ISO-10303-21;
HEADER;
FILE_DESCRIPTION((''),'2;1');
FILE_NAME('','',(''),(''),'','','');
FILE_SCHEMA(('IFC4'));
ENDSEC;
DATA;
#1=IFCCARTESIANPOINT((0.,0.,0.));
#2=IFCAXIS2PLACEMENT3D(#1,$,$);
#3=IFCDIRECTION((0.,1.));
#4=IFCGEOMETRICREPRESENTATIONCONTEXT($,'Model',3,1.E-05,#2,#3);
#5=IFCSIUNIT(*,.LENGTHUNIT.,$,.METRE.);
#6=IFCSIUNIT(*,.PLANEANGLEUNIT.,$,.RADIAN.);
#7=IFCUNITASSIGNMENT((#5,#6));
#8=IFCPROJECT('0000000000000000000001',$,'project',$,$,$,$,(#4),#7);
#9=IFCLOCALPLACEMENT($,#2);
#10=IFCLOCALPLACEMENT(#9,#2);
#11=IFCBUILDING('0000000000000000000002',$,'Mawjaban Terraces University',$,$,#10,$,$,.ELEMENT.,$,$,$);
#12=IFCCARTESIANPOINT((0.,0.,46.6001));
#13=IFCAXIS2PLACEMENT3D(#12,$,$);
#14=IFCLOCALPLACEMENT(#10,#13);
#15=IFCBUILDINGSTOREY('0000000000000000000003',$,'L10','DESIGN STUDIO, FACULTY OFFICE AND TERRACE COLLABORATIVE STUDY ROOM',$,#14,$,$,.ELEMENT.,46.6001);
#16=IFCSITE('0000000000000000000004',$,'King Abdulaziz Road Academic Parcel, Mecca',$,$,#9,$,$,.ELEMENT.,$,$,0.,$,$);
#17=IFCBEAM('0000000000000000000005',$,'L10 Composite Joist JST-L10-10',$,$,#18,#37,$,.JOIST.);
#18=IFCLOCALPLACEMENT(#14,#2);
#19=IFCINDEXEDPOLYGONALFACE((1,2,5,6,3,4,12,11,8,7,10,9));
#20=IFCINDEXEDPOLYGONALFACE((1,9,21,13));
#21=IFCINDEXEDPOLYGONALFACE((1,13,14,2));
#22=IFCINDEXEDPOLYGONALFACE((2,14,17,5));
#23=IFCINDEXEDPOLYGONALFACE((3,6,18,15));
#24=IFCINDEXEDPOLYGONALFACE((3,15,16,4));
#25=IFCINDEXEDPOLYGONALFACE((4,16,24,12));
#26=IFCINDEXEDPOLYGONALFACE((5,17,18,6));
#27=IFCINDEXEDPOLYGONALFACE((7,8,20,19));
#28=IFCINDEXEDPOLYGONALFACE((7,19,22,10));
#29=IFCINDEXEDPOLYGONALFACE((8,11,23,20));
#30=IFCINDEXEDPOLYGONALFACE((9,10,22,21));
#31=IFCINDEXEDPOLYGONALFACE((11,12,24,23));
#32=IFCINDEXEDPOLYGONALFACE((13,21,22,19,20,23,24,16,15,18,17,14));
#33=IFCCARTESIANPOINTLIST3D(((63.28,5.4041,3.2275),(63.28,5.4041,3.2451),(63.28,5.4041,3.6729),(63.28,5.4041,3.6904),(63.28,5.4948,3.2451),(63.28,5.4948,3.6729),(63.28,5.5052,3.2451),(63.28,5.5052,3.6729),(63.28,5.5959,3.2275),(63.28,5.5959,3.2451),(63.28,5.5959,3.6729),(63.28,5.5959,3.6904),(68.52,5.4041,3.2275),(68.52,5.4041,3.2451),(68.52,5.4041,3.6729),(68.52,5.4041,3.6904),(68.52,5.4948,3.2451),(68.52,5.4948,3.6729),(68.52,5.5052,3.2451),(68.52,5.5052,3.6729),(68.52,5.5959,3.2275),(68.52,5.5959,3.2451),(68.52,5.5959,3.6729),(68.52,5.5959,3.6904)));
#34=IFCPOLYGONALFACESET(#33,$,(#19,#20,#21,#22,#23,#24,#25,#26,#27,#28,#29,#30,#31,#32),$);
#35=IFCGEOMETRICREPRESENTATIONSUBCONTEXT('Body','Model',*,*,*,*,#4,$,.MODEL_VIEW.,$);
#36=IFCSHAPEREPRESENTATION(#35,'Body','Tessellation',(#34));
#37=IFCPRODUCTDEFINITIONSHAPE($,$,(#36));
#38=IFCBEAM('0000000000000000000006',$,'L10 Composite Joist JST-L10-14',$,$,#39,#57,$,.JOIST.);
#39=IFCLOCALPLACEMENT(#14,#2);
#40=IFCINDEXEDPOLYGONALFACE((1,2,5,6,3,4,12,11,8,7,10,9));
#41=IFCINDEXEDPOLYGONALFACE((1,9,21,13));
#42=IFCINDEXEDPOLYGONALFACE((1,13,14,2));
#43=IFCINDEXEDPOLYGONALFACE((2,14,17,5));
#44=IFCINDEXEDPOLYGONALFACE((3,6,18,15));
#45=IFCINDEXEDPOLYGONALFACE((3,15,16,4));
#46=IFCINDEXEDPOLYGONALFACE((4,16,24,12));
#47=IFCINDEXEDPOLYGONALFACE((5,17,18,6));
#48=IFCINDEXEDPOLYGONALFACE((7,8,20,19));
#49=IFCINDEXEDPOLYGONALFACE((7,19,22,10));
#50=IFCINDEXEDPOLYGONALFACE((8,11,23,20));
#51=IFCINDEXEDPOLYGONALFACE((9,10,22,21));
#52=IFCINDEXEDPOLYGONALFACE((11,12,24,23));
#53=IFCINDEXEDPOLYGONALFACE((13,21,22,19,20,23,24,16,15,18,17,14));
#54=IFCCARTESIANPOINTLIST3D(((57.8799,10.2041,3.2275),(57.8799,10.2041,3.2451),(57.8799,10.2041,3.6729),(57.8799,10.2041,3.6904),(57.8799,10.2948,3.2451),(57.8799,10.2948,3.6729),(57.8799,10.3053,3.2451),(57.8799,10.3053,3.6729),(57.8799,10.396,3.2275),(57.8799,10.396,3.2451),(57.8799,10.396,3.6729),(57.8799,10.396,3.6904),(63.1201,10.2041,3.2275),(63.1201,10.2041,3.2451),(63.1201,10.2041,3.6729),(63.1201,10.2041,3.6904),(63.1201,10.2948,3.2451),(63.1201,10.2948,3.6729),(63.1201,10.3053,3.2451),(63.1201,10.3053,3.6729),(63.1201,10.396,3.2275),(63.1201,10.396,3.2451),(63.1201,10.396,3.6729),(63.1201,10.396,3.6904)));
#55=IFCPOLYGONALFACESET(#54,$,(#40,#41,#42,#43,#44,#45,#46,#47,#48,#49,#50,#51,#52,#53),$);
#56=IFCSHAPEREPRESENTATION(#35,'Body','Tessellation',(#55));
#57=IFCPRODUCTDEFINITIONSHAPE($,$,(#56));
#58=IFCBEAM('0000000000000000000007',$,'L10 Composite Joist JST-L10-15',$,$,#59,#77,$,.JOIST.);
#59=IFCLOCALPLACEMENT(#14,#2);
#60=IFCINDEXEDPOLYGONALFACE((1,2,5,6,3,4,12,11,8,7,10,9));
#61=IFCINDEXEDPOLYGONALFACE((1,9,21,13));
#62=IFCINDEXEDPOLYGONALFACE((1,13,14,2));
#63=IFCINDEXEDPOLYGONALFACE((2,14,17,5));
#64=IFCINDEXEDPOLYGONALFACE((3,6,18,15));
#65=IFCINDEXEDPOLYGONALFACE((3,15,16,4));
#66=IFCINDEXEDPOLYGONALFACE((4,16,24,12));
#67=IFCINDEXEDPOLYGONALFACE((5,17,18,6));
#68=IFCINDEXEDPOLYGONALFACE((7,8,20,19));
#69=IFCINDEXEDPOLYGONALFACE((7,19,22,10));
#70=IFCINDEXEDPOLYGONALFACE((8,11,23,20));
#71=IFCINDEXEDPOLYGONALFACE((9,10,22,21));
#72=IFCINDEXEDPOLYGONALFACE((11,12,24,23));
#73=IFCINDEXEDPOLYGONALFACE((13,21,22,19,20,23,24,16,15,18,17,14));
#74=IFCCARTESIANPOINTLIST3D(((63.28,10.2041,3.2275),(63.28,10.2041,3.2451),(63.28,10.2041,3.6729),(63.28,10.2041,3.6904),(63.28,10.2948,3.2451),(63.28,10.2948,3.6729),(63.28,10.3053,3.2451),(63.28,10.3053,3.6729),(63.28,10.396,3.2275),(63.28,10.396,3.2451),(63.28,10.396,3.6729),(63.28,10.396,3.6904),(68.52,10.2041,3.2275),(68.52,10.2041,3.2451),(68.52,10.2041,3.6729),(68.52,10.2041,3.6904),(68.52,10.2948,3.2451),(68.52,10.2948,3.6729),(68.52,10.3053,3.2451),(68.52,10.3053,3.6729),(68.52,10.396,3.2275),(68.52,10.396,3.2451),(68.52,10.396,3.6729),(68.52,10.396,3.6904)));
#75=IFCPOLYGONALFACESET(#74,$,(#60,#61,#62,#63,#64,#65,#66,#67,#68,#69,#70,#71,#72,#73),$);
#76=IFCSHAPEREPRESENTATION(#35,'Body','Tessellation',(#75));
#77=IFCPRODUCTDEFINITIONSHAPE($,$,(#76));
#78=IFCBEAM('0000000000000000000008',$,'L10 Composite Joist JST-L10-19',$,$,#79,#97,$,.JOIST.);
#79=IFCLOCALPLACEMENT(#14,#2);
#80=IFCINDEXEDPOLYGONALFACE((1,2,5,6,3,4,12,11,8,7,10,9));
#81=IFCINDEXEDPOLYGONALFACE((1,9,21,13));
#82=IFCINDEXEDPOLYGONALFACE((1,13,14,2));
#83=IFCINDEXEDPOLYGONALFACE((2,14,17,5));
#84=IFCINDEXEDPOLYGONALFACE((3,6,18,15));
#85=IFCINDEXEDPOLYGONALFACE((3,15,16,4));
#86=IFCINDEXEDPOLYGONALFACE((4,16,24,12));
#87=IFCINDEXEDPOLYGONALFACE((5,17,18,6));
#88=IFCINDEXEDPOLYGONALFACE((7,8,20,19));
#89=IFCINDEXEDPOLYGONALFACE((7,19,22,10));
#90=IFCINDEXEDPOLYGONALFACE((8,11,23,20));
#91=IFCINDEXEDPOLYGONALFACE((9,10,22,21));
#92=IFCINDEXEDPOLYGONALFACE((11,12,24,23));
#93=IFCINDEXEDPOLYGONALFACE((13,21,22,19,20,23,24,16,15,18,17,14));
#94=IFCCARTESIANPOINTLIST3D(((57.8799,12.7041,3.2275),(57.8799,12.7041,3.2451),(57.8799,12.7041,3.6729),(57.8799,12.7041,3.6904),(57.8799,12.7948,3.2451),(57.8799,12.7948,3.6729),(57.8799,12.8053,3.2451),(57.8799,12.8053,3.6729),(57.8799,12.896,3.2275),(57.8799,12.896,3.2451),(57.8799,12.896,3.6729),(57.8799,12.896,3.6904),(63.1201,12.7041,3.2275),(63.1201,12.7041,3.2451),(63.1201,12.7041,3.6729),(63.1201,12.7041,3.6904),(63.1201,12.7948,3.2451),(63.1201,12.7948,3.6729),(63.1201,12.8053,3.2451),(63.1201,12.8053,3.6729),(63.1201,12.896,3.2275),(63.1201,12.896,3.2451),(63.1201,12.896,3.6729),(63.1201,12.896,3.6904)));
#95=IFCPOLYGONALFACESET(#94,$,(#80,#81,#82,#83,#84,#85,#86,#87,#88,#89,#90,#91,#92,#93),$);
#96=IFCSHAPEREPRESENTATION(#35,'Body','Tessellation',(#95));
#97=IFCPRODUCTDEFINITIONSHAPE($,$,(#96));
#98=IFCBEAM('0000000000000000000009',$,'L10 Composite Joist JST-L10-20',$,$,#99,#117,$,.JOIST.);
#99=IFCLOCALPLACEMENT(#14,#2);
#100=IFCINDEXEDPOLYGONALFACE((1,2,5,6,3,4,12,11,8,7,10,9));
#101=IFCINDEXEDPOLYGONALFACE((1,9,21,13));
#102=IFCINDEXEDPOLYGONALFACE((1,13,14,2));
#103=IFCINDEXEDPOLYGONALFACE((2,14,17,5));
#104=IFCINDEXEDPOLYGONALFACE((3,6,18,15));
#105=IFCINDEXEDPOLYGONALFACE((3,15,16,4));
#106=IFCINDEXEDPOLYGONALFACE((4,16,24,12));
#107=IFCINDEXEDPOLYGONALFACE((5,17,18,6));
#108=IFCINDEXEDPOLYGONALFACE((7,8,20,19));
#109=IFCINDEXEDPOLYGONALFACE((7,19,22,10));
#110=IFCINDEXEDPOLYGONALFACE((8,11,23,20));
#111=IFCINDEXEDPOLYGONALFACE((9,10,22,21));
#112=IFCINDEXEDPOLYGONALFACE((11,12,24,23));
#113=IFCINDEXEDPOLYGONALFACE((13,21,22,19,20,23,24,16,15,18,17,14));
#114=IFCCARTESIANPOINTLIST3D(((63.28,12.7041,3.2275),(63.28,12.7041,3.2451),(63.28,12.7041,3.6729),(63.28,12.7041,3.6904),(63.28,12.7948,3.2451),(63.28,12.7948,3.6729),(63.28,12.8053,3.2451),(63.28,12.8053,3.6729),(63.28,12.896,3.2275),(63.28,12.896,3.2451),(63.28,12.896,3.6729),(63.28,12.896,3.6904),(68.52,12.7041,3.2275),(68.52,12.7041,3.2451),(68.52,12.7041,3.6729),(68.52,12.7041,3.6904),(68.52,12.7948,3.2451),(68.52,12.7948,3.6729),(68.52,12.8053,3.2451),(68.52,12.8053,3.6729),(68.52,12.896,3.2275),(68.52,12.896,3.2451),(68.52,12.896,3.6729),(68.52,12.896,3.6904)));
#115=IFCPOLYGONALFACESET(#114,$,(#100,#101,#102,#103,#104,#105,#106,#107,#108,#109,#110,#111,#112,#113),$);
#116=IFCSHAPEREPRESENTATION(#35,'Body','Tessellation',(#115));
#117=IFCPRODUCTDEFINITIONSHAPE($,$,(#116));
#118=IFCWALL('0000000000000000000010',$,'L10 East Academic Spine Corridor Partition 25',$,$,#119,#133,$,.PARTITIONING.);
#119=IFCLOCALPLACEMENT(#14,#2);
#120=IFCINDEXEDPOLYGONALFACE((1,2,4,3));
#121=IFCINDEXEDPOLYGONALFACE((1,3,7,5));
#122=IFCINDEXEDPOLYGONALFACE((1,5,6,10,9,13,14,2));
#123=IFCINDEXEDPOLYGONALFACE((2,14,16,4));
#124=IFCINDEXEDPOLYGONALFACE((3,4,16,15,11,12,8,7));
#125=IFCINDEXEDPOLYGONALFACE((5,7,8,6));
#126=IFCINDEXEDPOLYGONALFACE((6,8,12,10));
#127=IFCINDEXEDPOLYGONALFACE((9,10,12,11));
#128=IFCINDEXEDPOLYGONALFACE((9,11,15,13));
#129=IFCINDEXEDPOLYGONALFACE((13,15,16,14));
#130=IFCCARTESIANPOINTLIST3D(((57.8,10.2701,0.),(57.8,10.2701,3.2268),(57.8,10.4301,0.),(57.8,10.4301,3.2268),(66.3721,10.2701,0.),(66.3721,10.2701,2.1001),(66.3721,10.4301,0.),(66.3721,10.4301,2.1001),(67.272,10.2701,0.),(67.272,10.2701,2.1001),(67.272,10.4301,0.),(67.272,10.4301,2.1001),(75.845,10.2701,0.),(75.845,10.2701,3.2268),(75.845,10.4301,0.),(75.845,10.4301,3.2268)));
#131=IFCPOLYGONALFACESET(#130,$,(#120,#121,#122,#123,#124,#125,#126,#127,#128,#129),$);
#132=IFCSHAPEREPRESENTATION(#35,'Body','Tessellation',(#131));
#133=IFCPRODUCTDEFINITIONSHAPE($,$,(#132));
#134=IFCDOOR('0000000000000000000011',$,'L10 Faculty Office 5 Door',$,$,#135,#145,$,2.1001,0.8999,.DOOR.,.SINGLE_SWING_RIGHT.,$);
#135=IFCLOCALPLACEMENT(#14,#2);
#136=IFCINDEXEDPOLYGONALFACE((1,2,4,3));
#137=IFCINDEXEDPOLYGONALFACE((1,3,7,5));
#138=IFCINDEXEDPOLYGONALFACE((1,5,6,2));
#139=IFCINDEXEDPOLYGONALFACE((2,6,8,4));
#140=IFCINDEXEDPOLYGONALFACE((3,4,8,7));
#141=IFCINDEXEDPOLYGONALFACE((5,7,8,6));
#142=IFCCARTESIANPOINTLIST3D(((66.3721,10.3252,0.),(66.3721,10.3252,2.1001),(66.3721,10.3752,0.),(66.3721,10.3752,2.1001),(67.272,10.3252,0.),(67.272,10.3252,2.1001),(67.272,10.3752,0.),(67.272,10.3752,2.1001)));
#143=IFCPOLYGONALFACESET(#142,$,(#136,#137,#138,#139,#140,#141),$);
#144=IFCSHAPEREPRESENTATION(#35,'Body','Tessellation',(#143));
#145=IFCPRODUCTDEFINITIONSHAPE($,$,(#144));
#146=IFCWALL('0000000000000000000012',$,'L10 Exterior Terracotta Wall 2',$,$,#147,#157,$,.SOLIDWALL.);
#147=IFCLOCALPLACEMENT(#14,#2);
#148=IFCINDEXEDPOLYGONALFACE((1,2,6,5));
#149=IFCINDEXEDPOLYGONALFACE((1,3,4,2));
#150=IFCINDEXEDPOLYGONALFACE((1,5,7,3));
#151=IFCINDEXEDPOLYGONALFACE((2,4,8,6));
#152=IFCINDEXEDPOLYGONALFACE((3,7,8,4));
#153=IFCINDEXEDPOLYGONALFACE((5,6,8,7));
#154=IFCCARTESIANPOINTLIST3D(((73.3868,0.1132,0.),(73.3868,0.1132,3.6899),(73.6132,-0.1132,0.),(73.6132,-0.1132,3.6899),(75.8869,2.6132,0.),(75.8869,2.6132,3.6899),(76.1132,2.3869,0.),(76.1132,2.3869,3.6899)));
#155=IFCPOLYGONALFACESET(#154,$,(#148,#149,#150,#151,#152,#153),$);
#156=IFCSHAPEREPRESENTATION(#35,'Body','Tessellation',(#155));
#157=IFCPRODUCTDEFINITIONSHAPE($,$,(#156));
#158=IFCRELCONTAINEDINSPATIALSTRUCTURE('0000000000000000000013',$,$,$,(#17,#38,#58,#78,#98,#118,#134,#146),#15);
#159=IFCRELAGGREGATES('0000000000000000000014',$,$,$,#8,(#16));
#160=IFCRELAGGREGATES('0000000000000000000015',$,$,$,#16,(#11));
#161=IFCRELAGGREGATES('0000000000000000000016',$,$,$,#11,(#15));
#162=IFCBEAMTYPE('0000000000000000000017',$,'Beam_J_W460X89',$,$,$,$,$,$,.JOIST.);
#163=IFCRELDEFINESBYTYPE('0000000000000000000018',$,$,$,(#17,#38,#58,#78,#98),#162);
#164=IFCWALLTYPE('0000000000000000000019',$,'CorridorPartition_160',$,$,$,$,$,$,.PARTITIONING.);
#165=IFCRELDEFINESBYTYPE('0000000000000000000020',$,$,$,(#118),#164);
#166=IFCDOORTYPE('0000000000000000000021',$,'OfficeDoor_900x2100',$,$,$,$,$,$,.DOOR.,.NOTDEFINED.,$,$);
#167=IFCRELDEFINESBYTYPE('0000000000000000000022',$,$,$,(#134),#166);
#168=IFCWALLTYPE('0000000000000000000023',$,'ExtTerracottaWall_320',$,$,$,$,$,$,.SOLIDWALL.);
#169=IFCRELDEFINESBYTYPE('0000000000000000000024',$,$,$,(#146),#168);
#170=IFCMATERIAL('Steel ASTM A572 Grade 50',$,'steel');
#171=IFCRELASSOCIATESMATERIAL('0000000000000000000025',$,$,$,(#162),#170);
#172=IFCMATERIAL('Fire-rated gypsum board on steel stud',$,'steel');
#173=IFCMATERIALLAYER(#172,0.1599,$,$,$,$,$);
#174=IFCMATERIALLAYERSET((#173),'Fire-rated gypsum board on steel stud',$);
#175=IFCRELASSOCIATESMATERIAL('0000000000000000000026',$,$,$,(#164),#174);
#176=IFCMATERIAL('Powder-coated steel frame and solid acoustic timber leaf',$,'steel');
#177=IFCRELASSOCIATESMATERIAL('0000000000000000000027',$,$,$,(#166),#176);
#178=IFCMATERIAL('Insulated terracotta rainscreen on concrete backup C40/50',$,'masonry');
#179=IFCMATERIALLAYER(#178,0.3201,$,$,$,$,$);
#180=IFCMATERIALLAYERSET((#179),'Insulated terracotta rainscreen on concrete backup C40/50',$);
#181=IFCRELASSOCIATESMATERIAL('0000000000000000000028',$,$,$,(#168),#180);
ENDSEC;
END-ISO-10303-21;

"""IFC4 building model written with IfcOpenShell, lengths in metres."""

from ifc_helpers import new_model, si_unit, direction, frame, frame_2d, origin, origin_2d, place, context, subcontext, project, spatial, rectangle, i_section, extrude, material, layer, layer_set, material_profile, profile_set, type_object, element, fill, save


model = new_model("IFC4")

# Units and contexts
model_context = context("Model", 3, precision=1e-05, world=origin(), true_north=direction((0.0, 1.0)))
body_context = subcontext(model_context, "Body", "Model", "MODEL_VIEW")
ifc_project = project(units=[si_unit("LENGTHUNIT", "METRE"), si_unit("PLANEANGLEUNIT", "RADIAN")], contexts=[model_context])

# Site, building, storey
site_placement = place(None, origin())
site = spatial("IfcSite", under=ifc_project, at=site_placement, Name="King Abdulaziz Road Academic Parcel, Mecca", CompositionType="ELEMENT", RefElevation=0.0)
building_placement = place(site_placement, origin())
building = spatial("IfcBuilding", under=site, at=building_placement, Name="Mawjaban Terraces University", CompositionType="ELEMENT")
storey_placement = place(building_placement, frame((0.0, 0.0, 46.6001)))
storey = spatial("IfcBuildingStorey", under=building, at=storey_placement, Name="L10", Description="DESIGN STUDIO, FACULTY OFFICE AND TERRACE COLLABORATIVE STUDY ROOM", CompositionType="ELEMENT", Elevation=46.6001)

# Beams
ifc_material_1 = material(Name="Steel ASTM A572 Grade 50", Category="steel")
ifc_material_profile_1 = material_profile(ifc_material_1, i_section(OverallWidth=0.1919, OverallDepth=0.4629, WebThickness=0.0105, FlangeThickness=0.0176, at=origin_2d()), Name="W460X89")
ifc_profile_set_1 = profile_set([ifc_material_profile_1], Name="Steel ASTM A572 Grade 50")
beam_type_1 = type_object("IfcBeamType", Name="Beam_J_W460X89", PredefinedType="JOIST", material=ifc_profile_set_1)
beam_1_placement = place(storey_placement, frame((63.28, 5.5, 3.459), z_axis=(1.0, 0.0, 0.0), x_axis=(0.0, 1.0, 0.0)))
element("IfcBeam", 1, at=beam_1_placement, inside=storey, type_object=beam_type_1, Name="L10 Composite Joist JST-L10-10", PredefinedType="JOIST", context=body_context, shape_type="SweptSolid", body=[
    extrude(i_section(OverallWidth=0.1919, OverallDepth=0.4629, WebThickness=0.0105, FlangeThickness=0.0176, at=origin_2d()), origin(), (0.0, 0.0, 1.0), 5.24),
])
beam_2_placement = place(storey_placement, frame((57.8799, 10.3, 3.459), z_axis=(1.0, 0.0, 0.0), x_axis=(0.0, 1.0, 0.0)))
element("IfcBeam", 2, at=beam_2_placement, inside=storey, type_object=beam_type_1, Name="L10 Composite Joist JST-L10-14", PredefinedType="JOIST", context=body_context, shape_type="SweptSolid", body=[
    extrude(i_section(OverallWidth=0.1919, OverallDepth=0.4629, WebThickness=0.0105, FlangeThickness=0.0176, at=origin_2d()), origin(), (0.0, 0.0, 1.0), 5.2402),
])
beam_3_placement = place(storey_placement, frame((63.28, 10.3, 3.459), z_axis=(1.0, 0.0, 0.0), x_axis=(0.0, 1.0, 0.0)))
element("IfcBeam", 3, at=beam_3_placement, inside=storey, type_object=beam_type_1, Name="L10 Composite Joist JST-L10-15", PredefinedType="JOIST", context=body_context, shape_type="SweptSolid", body=[
    extrude(i_section(OverallWidth=0.1919, OverallDepth=0.4629, WebThickness=0.0105, FlangeThickness=0.0176, at=origin_2d()), origin(), (0.0, 0.0, 1.0), 5.24),
])
beam_4_placement = place(storey_placement, frame((57.8799, 12.8, 3.459), z_axis=(1.0, 0.0, 0.0), x_axis=(0.0, 1.0, 0.0)))
element("IfcBeam", 4, at=beam_4_placement, inside=storey, type_object=beam_type_1, Name="L10 Composite Joist JST-L10-19", PredefinedType="JOIST", context=body_context, shape_type="SweptSolid", body=[
    extrude(i_section(OverallWidth=0.1919, OverallDepth=0.4629, WebThickness=0.0105, FlangeThickness=0.0176, at=origin_2d()), origin(), (0.0, 0.0, 1.0), 5.2402),
])
beam_5_placement = place(storey_placement, frame((63.28, 12.8, 3.459), z_axis=(1.0, 0.0, 0.0), x_axis=(0.0, 1.0, 0.0)))
element("IfcBeam", 5, at=beam_5_placement, inside=storey, type_object=beam_type_1, Name="L10 Composite Joist JST-L10-20", PredefinedType="JOIST", context=body_context, shape_type="SweptSolid", body=[
    extrude(i_section(OverallWidth=0.1919, OverallDepth=0.4629, WebThickness=0.0105, FlangeThickness=0.0176, at=origin_2d()), origin(), (0.0, 0.0, 1.0), 5.24),
])

# Wall, opening, door
ifc_material_2 = material(Name="Fire-rated gypsum board on steel stud", Category="steel")
ifc_layer_1 = layer(ifc_material_2, 0.1599)
ifc_layer_set_1 = layer_set([ifc_layer_1], Name="Fire-rated gypsum board on steel stud")
wall_type_1 = type_object("IfcWallType", Name="CorridorPartition_160", PredefinedType="PARTITIONING", material=ifc_layer_set_1)
wall_1_placement = place(storey_placement, frame((75.845, 10.3501, 0.0), z_axis=(0.0, 0.0, 1.0), x_axis=(-1.0, 0.0, 0.0)))
wall_1 = element("IfcWall", 6, at=wall_1_placement, inside=storey, type_object=wall_type_1, Name="L10 East Academic Spine Corridor Partition 25", PredefinedType="PARTITIONING", context=body_context, shape_type="SweptSolid", body=[
    extrude(rectangle(XDim=18.0449, YDim=0.1599, at=frame_2d((9.0225, 0.0))), origin(), (0.0, 0.0, 1.0), 3.2268),
])
opening_1_placement = place(wall_1_placement, frame((8.573, 0.0, 0.0)))
opening_1 = element("IfcOpeningElement", 7, at=opening_1_placement, cuts=wall_1, PredefinedType="OPENING", context=body_context, shape_type="SweptSolid", body=[
    extrude(rectangle(XDim=0.8999, YDim=2.1001, at=frame_2d((0.45, 1.05))), frame((0.0, 0.0898, 0.0), z_axis=(0.0, -1.0, 0.0), x_axis=(1.0, 0.0, 0.0)), (0.0, 0.0, 1.0), 0.1799),
])
ifc_material_3 = material(Name="Powder-coated steel frame and solid acoustic timber leaf", Category="steel")
door_type = type_object("IfcDoorType", Name="OfficeDoor_900x2100", OperationType="NOTDEFINED", PredefinedType="DOOR", material=ifc_material_3)
door_placement = place(opening_1_placement, origin())
door = element("IfcDoor", 8, at=door_placement, inside=storey, type_object=door_type, Name="L10 Faculty Office 5 Door", OperationType="SINGLE_SWING_RIGHT", OverallHeight=2.1001, OverallWidth=0.8999, PredefinedType="DOOR", context=body_context, shape_type="SweptSolid", body=[
    extrude(rectangle(XDim=0.8999, YDim=2.1001, at=frame_2d((0.45, 1.05))), frame((0.0, 0.0249, 0.0), z_axis=(0.0, -1.0, 0.0), x_axis=(1.0, 0.0, 0.0)), (0.0, 0.0, 1.0), 0.05),
])
fill(opening_1, door)

# Wall
ifc_material_4 = material(Name="Insulated terracotta rainscreen on concrete backup C40/50", Category="masonry")
ifc_layer_2 = layer(ifc_material_4, 0.3201)
ifc_layer_set_2 = layer_set([ifc_layer_2], Name="Insulated terracotta rainscreen on concrete backup C40/50")
wall_type_2 = type_object("IfcWallType", Name="ExtTerracottaWall_320", PredefinedType="SOLIDWALL", material=ifc_layer_set_2)
wall_2_placement = place(storey_placement, frame((73.5, 0.0, 0.0), z_axis=(0.0, 0.0, 1.0), x_axis=(0.707107, 0.707107, 0.0)))
element("IfcWall", 9, at=wall_2_placement, inside=storey, type_object=wall_type_2, Name="L10 Exterior Terracotta Wall 2", PredefinedType="SOLIDWALL", context=body_context, shape_type="SweptSolid", body=[
    extrude(rectangle(XDim=3.5356, YDim=0.3201, at=frame_2d((1.7678, 0.0))), origin(), (0.0, 0.0, 1.0), 3.6899),
])

save(model, "model.ifc")
